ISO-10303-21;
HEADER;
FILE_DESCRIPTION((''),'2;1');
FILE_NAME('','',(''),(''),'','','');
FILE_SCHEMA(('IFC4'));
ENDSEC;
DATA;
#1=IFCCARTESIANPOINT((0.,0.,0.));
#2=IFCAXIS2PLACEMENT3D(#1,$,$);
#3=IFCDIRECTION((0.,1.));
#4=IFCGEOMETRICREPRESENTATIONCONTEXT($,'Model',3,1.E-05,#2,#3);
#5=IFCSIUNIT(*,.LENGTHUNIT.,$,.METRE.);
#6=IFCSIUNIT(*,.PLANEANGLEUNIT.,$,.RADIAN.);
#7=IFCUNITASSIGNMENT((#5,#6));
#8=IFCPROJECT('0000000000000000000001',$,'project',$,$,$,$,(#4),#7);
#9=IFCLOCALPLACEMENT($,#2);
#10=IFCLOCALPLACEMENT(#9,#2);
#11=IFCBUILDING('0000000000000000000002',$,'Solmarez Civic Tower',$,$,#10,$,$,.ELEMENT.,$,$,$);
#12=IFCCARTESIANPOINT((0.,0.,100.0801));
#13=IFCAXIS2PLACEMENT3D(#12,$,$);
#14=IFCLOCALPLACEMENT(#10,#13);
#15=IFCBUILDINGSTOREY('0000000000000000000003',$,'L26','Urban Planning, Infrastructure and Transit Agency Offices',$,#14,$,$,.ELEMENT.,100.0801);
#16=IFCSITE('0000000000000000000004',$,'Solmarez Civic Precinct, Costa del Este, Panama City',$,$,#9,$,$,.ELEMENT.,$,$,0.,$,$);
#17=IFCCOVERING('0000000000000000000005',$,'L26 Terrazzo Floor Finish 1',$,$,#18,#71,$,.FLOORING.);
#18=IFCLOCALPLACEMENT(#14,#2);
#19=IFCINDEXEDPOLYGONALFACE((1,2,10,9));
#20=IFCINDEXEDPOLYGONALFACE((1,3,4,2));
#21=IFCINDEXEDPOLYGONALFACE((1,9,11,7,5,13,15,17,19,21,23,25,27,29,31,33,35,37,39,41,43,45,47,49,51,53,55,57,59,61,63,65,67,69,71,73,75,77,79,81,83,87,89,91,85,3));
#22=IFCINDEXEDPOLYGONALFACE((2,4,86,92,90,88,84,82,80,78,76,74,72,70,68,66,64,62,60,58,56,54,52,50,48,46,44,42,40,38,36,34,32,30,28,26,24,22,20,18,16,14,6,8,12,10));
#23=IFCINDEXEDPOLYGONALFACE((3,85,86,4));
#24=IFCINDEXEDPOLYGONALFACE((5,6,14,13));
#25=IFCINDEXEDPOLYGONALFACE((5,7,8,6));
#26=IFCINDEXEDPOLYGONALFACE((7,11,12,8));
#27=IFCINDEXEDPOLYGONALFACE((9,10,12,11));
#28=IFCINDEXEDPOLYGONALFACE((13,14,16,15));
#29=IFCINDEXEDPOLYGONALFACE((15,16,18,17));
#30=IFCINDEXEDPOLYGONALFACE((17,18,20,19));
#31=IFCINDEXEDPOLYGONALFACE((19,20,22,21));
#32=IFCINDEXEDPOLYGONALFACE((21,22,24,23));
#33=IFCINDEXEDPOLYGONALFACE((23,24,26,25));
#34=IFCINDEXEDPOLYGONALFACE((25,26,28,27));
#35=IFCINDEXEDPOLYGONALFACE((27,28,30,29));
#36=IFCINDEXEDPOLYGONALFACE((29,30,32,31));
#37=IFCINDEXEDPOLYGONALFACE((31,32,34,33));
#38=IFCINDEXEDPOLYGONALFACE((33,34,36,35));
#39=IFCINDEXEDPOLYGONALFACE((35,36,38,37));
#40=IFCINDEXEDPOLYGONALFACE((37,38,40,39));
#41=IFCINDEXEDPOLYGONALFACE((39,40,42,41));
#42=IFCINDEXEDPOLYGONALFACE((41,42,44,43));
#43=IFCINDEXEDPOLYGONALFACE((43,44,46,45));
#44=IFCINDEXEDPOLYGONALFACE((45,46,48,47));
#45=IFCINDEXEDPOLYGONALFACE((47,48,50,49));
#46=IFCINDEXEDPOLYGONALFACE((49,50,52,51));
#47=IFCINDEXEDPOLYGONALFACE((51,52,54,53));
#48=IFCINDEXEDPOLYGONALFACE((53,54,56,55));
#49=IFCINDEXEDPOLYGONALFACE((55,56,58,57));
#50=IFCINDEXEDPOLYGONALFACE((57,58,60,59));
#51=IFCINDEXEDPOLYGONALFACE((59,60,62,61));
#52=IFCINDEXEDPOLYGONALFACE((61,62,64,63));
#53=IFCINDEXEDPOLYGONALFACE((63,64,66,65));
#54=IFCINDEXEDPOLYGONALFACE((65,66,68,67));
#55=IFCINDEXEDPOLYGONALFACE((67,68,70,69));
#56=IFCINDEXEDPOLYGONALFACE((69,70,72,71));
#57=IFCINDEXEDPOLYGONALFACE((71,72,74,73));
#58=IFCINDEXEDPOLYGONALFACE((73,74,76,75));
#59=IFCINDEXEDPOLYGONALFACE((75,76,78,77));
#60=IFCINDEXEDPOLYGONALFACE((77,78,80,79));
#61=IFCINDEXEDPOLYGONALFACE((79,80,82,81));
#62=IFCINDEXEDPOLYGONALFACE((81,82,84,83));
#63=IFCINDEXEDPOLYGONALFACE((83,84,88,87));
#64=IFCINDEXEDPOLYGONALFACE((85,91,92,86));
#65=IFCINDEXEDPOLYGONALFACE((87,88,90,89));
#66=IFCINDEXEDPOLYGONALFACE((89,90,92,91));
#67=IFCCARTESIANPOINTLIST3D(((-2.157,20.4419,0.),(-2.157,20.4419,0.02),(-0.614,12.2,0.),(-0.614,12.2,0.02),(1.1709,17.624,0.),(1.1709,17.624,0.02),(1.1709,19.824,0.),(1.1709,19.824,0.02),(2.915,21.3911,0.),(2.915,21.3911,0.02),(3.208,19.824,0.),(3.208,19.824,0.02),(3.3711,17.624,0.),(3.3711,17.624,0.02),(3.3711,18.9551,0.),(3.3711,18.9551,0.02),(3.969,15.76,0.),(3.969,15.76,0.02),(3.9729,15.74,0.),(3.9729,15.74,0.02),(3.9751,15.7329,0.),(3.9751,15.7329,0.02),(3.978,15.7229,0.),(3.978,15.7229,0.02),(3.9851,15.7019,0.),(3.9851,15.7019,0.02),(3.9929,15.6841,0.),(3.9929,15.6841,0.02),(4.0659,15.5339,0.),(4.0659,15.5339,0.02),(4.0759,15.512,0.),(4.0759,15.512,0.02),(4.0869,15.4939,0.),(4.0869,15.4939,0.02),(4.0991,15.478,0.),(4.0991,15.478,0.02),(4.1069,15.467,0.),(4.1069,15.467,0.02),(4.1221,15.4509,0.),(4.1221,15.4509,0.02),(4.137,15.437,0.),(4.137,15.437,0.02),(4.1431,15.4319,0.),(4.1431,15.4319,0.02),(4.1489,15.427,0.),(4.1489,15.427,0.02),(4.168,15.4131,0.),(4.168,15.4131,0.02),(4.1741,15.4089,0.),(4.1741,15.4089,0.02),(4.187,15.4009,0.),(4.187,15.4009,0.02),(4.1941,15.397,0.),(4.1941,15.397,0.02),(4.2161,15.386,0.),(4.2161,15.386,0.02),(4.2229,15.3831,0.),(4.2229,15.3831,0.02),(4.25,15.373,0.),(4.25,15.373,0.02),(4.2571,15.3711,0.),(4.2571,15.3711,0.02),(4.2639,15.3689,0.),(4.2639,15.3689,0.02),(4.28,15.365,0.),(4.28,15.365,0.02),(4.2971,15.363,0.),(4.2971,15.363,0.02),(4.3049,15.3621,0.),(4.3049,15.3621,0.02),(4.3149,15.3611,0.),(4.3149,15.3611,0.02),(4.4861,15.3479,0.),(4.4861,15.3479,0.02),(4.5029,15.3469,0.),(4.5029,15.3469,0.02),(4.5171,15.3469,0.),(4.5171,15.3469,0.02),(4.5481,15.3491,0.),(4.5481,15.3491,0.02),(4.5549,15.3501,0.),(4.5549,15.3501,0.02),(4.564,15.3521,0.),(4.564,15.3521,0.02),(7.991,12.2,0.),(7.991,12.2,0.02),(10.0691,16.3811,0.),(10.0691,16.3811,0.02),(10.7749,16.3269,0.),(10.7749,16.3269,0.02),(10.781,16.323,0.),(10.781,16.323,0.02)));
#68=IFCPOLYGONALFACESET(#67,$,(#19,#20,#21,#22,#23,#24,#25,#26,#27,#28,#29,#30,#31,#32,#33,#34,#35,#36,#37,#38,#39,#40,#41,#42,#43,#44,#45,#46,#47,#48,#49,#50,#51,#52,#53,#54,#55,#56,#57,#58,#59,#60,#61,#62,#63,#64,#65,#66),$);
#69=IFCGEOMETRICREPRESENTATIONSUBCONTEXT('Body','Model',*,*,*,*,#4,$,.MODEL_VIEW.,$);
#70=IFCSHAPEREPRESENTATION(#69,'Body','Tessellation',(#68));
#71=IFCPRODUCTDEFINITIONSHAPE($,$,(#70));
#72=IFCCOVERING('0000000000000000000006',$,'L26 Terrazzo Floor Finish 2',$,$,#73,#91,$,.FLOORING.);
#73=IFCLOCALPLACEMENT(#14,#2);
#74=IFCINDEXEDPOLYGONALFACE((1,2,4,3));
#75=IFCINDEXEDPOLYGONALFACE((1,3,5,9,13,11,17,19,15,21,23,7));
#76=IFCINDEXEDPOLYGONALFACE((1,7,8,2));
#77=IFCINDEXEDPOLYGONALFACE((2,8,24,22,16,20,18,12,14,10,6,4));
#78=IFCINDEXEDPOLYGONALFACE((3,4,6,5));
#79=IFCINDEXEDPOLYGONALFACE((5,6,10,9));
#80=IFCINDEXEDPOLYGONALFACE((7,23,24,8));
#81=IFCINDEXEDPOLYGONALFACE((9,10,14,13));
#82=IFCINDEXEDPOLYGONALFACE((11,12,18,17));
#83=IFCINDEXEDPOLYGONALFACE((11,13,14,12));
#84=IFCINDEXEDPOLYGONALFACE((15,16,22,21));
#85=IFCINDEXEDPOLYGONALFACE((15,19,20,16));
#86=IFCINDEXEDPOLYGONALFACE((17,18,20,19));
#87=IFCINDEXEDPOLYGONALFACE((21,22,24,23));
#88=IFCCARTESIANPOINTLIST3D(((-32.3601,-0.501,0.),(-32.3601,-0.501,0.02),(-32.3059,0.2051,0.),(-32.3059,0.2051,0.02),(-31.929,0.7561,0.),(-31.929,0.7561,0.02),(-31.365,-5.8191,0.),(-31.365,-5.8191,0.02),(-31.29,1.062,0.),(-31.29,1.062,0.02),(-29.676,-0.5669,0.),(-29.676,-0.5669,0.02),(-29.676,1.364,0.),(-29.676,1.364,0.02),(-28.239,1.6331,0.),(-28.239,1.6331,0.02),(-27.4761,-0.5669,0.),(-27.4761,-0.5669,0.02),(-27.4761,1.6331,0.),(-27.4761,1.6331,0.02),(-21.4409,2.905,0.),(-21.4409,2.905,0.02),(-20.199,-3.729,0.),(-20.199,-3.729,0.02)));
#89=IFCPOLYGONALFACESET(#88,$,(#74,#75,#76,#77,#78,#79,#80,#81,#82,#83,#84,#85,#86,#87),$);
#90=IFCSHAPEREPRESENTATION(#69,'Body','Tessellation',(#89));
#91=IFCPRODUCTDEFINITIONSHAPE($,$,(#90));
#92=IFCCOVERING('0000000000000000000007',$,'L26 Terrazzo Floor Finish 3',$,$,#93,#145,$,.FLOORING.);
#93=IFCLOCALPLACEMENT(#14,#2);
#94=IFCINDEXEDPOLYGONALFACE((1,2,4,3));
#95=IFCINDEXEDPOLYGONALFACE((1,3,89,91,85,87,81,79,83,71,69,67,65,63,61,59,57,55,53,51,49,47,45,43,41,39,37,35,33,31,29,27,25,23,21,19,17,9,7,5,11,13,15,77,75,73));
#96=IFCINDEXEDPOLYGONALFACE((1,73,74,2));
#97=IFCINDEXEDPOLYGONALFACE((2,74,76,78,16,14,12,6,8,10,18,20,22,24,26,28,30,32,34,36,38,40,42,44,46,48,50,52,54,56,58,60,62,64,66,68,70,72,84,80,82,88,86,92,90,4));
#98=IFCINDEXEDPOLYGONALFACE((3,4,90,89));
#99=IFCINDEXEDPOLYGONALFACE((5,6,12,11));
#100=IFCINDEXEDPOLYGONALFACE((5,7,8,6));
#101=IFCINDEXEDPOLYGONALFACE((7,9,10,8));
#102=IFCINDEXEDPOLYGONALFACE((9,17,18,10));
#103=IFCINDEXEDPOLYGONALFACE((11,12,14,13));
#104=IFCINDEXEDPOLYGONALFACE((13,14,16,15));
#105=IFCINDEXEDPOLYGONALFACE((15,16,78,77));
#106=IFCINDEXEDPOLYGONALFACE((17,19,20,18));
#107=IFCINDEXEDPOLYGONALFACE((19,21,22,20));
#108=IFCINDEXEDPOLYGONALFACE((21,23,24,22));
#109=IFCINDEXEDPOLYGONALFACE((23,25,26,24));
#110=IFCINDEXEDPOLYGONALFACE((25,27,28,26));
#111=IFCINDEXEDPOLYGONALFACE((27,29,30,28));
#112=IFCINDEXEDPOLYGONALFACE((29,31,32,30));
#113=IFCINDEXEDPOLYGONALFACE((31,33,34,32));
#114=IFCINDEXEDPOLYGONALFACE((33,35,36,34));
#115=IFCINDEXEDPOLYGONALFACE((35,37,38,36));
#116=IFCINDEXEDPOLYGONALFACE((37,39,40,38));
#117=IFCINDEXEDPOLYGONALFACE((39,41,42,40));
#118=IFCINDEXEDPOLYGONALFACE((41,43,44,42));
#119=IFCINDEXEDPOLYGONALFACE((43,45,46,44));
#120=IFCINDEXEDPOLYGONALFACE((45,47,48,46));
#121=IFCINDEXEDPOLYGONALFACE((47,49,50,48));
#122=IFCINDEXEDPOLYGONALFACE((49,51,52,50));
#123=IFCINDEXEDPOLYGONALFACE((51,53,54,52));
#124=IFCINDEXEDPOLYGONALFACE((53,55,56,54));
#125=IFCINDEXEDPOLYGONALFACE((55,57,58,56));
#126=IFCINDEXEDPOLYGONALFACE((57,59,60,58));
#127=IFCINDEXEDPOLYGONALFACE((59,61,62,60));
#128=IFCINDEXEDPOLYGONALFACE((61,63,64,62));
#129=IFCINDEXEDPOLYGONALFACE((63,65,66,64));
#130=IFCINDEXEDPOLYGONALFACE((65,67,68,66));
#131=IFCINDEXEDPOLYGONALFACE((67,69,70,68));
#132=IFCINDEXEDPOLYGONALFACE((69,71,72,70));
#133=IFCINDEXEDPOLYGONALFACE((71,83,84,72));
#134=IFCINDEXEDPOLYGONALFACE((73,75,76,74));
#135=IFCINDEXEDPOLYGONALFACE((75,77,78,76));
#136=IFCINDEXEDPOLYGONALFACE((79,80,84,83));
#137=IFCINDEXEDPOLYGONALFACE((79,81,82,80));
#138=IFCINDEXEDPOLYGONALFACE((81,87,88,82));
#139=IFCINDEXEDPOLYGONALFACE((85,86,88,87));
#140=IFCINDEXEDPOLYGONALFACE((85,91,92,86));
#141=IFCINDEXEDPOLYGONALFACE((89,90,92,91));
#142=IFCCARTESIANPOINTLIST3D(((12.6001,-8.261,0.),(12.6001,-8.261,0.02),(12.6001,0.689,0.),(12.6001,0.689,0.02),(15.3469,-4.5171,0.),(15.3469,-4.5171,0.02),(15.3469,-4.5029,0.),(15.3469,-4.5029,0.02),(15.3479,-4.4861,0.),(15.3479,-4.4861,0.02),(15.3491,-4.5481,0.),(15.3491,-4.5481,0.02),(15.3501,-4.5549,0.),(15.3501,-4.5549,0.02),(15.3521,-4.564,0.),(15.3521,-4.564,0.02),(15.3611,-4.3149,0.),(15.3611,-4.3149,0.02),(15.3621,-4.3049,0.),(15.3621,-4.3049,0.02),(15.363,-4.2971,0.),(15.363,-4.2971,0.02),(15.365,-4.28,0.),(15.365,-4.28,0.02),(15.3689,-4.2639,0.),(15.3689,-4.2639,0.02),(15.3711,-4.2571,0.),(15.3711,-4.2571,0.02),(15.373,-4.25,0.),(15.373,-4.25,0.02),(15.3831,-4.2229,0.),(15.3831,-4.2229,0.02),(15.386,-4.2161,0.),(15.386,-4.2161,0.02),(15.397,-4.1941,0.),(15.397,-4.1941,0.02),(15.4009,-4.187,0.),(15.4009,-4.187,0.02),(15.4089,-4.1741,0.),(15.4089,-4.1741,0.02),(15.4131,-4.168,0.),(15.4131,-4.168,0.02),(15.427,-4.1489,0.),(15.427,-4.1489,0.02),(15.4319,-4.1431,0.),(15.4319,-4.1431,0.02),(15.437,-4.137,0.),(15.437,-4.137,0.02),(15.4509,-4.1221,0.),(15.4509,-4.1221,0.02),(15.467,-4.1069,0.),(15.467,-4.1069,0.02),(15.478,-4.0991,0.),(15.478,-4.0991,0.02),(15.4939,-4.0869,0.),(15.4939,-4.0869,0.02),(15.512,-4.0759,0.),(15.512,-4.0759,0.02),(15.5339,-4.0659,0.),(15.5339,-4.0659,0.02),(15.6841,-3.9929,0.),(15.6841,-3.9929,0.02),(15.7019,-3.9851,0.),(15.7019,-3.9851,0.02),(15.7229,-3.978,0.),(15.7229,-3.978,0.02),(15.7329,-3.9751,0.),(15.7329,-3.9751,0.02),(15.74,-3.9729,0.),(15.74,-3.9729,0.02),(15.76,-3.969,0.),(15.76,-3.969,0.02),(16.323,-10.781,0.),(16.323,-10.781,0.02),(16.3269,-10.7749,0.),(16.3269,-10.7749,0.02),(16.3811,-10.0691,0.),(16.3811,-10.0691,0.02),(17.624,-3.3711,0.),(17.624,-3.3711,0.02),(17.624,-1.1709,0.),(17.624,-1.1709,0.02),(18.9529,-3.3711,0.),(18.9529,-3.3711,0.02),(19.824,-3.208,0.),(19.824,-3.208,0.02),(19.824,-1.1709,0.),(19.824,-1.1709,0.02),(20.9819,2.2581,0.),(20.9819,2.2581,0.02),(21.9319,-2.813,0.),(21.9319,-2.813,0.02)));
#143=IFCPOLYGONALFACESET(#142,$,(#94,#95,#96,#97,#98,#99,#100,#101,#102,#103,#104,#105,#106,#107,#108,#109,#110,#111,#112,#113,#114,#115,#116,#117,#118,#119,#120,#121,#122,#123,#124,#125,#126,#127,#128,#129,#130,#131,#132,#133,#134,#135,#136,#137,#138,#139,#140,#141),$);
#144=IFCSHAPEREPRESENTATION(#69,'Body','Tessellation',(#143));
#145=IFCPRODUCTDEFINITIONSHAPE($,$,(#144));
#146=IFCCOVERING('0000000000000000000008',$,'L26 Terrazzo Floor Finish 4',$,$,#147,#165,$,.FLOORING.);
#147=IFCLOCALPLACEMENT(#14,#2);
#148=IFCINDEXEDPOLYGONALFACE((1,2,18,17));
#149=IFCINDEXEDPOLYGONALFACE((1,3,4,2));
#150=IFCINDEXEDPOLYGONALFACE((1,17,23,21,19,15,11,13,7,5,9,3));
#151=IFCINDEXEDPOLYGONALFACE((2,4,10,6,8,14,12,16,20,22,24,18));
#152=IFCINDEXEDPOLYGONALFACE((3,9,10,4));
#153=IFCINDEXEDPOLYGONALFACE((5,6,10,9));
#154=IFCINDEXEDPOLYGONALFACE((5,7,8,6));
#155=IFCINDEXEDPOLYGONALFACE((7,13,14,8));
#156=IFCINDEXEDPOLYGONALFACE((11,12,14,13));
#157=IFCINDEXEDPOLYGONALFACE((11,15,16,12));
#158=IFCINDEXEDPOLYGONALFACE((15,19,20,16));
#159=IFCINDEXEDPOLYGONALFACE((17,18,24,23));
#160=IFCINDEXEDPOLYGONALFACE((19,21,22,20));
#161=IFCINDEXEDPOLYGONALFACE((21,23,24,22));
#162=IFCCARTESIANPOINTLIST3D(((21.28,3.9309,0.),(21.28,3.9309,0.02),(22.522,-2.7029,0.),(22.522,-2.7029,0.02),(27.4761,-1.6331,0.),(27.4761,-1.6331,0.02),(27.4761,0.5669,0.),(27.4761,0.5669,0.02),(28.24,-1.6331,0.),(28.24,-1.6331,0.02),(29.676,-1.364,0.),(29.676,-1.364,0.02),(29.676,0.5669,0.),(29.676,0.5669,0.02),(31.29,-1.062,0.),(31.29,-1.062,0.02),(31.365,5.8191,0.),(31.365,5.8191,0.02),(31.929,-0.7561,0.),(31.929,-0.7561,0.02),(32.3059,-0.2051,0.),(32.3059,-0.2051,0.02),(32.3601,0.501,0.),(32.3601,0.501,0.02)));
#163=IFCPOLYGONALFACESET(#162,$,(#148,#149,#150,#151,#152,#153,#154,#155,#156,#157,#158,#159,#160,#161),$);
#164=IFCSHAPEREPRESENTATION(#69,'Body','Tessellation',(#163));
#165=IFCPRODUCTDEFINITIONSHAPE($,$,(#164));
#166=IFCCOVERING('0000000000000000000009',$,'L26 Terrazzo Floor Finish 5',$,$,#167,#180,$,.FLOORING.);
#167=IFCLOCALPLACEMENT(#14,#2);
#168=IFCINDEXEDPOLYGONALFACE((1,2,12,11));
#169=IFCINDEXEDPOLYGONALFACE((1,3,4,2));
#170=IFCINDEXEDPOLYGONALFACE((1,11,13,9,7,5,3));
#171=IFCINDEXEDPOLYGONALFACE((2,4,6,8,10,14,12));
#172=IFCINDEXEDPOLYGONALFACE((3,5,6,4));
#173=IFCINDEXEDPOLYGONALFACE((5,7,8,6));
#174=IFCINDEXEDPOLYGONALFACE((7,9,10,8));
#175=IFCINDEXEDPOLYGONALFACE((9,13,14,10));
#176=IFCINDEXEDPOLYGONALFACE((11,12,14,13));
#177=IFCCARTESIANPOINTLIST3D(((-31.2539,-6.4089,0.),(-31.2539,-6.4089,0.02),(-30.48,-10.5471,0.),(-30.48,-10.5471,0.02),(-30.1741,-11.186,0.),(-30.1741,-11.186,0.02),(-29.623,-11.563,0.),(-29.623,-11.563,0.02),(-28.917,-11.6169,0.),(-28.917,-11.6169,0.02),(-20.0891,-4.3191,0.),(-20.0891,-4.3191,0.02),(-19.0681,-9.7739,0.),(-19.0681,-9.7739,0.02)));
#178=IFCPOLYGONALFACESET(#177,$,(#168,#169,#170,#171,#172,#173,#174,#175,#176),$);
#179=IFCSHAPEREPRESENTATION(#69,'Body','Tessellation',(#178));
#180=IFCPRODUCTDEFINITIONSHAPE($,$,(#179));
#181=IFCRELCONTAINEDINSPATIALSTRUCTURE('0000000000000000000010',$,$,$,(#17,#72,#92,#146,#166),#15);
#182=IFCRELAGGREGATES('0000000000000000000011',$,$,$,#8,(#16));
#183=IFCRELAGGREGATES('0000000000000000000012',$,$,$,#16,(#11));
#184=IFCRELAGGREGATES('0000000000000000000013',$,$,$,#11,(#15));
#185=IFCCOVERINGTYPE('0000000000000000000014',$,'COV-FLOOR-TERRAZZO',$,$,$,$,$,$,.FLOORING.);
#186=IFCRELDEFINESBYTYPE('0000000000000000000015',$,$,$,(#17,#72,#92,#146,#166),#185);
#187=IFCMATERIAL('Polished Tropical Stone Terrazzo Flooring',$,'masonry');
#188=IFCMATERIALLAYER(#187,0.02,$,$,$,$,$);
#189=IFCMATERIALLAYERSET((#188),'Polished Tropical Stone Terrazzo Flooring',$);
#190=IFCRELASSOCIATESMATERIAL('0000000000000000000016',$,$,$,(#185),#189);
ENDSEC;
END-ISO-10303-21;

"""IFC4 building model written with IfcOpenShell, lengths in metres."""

from ifc_helpers import new_model, si_unit, direction, frame, origin, place, context, subcontext, project, spatial, polyline, outline, extrude, material, layer, layer_set, type_object, element, save


model = new_model("IFC4")

# Units and contexts
model_context = context("Model", 3, precision=1e-05, world=origin(), true_north=direction((0.0, 1.0)))
body_context = subcontext(model_context, "Body", "Model", "MODEL_VIEW")
ifc_project = project(units=[si_unit("LENGTHUNIT", "METRE"), si_unit("PLANEANGLEUNIT", "RADIAN")], contexts=[model_context])

# Site, building, storey
site_placement = place(None, origin())
site = spatial("IfcSite", under=ifc_project, at=site_placement, Name="Solmarez Civic Precinct, Costa del Este, Panama City", CompositionType="ELEMENT", RefElevation=0.0)
building_placement = place(site_placement, origin())
building = spatial("IfcBuilding", under=site, at=building_placement, Name="Solmarez Civic Tower", CompositionType="ELEMENT")
storey_placement = place(building_placement, frame((0.0, 0.0, 100.0801)))
storey = spatial("IfcBuildingStorey", under=building, at=storey_placement, Name="L26", Description="Urban Planning, Infrastructure and Transit Agency Offices", CompositionType="ELEMENT", Elevation=100.0801)

# Coverings
ifc_material_1 = material(Name="Polished Tropical Stone Terrazzo Flooring", Category="masonry")
ifc_layer_1 = layer(ifc_material_1, 0.02)
ifc_layer_set_1 = layer_set([ifc_layer_1], Name="Polished Tropical Stone Terrazzo Flooring")
covering_type_1 = type_object("IfcCoveringType", Name="COV-FLOOR-TERRAZZO", PredefinedType="FLOORING", material=ifc_layer_set_1)
covering_1_placement = place(storey_placement, origin())
element("IfcCovering", 1, at=covering_1_placement, inside=storey, type_object=covering_type_1, Name="L26 Terrazzo Floor Finish 1", PredefinedType="FLOORING", context=body_context, shape_type="SweptSolid", body=[
    extrude(outline(polyline([(-0.614, 12.2), (7.991, 12.2), (10.781, 16.323), (10.7749, 16.3269), (10.0691, 16.3811), (4.564, 15.3521), (4.5549, 15.3501), (4.5481, 15.3491), (4.5171, 15.3469), (4.5029, 15.3469), (4.4861, 15.3479), (4.3149, 15.3611), (4.3049, 15.3621), (4.2971, 15.363), (4.28, 15.365), (4.2639, 15.3689), (4.2571, 15.3711), (4.25, 15.373), (4.2229, 15.3831), (4.2161, 15.386), (4.1941, 15.397), (4.187, 15.4009), (4.1741, 15.4089), (4.168, 15.4131), (4.1489, 15.427), (4.1431, 15.4319), (4.137, 15.437), (4.1221, 15.4509), (4.1069, 15.467), (4.0991, 15.478), (4.0869, 15.4939), (4.0759, 15.512), (4.0659, 15.5339), (3.9929, 15.6841), (3.9851, 15.7019), (3.978, 15.7229), (3.9751, 15.7329), (3.9729, 15.74), (3.969, 15.76), (3.3711, 18.9551), (3.3711, 17.624), (1.1709, 17.624), (1.1709, 19.824), (3.208, 19.824), (2.915, 21.3911), (-2.157, 20.4419), (-0.614, 12.2)])), origin(), (0.0, 0.0, 1.0), 0.02),
])
covering_2_placement = place(storey_placement, origin())
element("IfcCovering", 2, at=covering_2_placement, inside=storey, type_object=covering_type_1, Name="L26 Terrazzo Floor Finish 2", PredefinedType="FLOORING", context=body_context, shape_type="SweptSolid", body=[
    extrude(outline(polyline([(-21.4409, 2.905), (-28.239, 1.6331), (-27.4761, 1.6331), (-27.4761, -0.5669), (-29.676, -0.5669), (-29.676, 1.364), (-31.29, 1.062), (-31.929, 0.7561), (-32.3059, 0.2051), (-32.3601, -0.501), (-31.365, -5.8191), (-20.199, -3.729), (-21.4409, 2.905)])), origin(), (0.0, 0.0, 1.0), 0.02),
])
covering_3_placement = place(storey_placement, origin())
element("IfcCovering", 3, at=covering_3_placement, inside=storey, type_object=covering_type_1, Name="L26 Terrazzo Floor Finish 3", PredefinedType="FLOORING", context=body_context, shape_type="SweptSolid", body=[
    extrude(outline(polyline([(12.6001, 0.689), (12.6001, -8.261), (16.323, -10.781), (16.3269, -10.7749), (16.3811, -10.0691), (15.3521, -4.564), (15.3501, -4.5549), (15.3491, -4.5481), (15.3469, -4.5171), (15.3469, -4.5029), (15.3479, -4.4861), (15.3611, -4.3149), (15.3621, -4.3049), (15.363, -4.2971), (15.365, -4.28), (15.3689, -4.2639), (15.3711, -4.2571), (15.373, -4.25), (15.3831, -4.2229), (15.386, -4.2161), (15.397, -4.1941), (15.4009, -4.187), (15.4089, -4.1741), (15.4131, -4.168), (15.427, -4.1489), (15.4319, -4.1431), (15.437, -4.137), (15.4509, -4.1221), (15.467, -4.1069), (15.478, -4.0991), (15.4939, -4.0869), (15.512, -4.0759), (15.5339, -4.0659), (15.6841, -3.9929), (15.7019, -3.9851), (15.7229, -3.978), (15.7329, -3.9751), (15.74, -3.9729), (15.76, -3.969), (18.9529, -3.3711), (17.624, -3.3711), (17.624, -1.1709), (19.824, -1.1709), (19.824, -3.208), (21.9319, -2.813), (20.9819, 2.2581), (12.6001, 0.689)])), origin(), (0.0, 0.0, 1.0), 0.02),
])
covering_4_placement = place(storey_placement, origin())
element("IfcCovering", 4, at=covering_4_placement, inside=storey, type_object=covering_type_1, Name="L26 Terrazzo Floor Finish 4", PredefinedType="FLOORING", context=body_context, shape_type="SweptSolid", body=[
    extrude(outline(polyline([(22.522, -2.7029), (28.24, -1.6331), (27.4761, -1.6331), (27.4761, 0.5669), (29.676, 0.5669), (29.676, -1.364), (31.29, -1.062), (31.929, -0.7561), (32.3059, -0.2051), (32.3601, 0.501), (31.365, 5.8191), (21.28, 3.9309), (22.522, -2.7029)])), origin(), (0.0, 0.0, 1.0), 0.02),
])
covering_5_placement = place(storey_placement, origin())
element("IfcCovering", 5, at=covering_5_placement, inside=storey, type_object=covering_type_1, Name="L26 Terrazzo Floor Finish 5", PredefinedType="FLOORING", context=body_context, shape_type="SweptSolid", body=[
    extrude(outline(polyline([(-31.2539, -6.4089), (-30.48, -10.5471), (-30.1741, -11.186), (-29.623, -11.563), (-28.917, -11.6169), (-19.0681, -9.7739), (-20.0891, -4.3191), (-31.2539, -6.4089)])), origin(), (0.0, 0.0, 1.0), 0.02),
])

save(model, "model.ifc")
